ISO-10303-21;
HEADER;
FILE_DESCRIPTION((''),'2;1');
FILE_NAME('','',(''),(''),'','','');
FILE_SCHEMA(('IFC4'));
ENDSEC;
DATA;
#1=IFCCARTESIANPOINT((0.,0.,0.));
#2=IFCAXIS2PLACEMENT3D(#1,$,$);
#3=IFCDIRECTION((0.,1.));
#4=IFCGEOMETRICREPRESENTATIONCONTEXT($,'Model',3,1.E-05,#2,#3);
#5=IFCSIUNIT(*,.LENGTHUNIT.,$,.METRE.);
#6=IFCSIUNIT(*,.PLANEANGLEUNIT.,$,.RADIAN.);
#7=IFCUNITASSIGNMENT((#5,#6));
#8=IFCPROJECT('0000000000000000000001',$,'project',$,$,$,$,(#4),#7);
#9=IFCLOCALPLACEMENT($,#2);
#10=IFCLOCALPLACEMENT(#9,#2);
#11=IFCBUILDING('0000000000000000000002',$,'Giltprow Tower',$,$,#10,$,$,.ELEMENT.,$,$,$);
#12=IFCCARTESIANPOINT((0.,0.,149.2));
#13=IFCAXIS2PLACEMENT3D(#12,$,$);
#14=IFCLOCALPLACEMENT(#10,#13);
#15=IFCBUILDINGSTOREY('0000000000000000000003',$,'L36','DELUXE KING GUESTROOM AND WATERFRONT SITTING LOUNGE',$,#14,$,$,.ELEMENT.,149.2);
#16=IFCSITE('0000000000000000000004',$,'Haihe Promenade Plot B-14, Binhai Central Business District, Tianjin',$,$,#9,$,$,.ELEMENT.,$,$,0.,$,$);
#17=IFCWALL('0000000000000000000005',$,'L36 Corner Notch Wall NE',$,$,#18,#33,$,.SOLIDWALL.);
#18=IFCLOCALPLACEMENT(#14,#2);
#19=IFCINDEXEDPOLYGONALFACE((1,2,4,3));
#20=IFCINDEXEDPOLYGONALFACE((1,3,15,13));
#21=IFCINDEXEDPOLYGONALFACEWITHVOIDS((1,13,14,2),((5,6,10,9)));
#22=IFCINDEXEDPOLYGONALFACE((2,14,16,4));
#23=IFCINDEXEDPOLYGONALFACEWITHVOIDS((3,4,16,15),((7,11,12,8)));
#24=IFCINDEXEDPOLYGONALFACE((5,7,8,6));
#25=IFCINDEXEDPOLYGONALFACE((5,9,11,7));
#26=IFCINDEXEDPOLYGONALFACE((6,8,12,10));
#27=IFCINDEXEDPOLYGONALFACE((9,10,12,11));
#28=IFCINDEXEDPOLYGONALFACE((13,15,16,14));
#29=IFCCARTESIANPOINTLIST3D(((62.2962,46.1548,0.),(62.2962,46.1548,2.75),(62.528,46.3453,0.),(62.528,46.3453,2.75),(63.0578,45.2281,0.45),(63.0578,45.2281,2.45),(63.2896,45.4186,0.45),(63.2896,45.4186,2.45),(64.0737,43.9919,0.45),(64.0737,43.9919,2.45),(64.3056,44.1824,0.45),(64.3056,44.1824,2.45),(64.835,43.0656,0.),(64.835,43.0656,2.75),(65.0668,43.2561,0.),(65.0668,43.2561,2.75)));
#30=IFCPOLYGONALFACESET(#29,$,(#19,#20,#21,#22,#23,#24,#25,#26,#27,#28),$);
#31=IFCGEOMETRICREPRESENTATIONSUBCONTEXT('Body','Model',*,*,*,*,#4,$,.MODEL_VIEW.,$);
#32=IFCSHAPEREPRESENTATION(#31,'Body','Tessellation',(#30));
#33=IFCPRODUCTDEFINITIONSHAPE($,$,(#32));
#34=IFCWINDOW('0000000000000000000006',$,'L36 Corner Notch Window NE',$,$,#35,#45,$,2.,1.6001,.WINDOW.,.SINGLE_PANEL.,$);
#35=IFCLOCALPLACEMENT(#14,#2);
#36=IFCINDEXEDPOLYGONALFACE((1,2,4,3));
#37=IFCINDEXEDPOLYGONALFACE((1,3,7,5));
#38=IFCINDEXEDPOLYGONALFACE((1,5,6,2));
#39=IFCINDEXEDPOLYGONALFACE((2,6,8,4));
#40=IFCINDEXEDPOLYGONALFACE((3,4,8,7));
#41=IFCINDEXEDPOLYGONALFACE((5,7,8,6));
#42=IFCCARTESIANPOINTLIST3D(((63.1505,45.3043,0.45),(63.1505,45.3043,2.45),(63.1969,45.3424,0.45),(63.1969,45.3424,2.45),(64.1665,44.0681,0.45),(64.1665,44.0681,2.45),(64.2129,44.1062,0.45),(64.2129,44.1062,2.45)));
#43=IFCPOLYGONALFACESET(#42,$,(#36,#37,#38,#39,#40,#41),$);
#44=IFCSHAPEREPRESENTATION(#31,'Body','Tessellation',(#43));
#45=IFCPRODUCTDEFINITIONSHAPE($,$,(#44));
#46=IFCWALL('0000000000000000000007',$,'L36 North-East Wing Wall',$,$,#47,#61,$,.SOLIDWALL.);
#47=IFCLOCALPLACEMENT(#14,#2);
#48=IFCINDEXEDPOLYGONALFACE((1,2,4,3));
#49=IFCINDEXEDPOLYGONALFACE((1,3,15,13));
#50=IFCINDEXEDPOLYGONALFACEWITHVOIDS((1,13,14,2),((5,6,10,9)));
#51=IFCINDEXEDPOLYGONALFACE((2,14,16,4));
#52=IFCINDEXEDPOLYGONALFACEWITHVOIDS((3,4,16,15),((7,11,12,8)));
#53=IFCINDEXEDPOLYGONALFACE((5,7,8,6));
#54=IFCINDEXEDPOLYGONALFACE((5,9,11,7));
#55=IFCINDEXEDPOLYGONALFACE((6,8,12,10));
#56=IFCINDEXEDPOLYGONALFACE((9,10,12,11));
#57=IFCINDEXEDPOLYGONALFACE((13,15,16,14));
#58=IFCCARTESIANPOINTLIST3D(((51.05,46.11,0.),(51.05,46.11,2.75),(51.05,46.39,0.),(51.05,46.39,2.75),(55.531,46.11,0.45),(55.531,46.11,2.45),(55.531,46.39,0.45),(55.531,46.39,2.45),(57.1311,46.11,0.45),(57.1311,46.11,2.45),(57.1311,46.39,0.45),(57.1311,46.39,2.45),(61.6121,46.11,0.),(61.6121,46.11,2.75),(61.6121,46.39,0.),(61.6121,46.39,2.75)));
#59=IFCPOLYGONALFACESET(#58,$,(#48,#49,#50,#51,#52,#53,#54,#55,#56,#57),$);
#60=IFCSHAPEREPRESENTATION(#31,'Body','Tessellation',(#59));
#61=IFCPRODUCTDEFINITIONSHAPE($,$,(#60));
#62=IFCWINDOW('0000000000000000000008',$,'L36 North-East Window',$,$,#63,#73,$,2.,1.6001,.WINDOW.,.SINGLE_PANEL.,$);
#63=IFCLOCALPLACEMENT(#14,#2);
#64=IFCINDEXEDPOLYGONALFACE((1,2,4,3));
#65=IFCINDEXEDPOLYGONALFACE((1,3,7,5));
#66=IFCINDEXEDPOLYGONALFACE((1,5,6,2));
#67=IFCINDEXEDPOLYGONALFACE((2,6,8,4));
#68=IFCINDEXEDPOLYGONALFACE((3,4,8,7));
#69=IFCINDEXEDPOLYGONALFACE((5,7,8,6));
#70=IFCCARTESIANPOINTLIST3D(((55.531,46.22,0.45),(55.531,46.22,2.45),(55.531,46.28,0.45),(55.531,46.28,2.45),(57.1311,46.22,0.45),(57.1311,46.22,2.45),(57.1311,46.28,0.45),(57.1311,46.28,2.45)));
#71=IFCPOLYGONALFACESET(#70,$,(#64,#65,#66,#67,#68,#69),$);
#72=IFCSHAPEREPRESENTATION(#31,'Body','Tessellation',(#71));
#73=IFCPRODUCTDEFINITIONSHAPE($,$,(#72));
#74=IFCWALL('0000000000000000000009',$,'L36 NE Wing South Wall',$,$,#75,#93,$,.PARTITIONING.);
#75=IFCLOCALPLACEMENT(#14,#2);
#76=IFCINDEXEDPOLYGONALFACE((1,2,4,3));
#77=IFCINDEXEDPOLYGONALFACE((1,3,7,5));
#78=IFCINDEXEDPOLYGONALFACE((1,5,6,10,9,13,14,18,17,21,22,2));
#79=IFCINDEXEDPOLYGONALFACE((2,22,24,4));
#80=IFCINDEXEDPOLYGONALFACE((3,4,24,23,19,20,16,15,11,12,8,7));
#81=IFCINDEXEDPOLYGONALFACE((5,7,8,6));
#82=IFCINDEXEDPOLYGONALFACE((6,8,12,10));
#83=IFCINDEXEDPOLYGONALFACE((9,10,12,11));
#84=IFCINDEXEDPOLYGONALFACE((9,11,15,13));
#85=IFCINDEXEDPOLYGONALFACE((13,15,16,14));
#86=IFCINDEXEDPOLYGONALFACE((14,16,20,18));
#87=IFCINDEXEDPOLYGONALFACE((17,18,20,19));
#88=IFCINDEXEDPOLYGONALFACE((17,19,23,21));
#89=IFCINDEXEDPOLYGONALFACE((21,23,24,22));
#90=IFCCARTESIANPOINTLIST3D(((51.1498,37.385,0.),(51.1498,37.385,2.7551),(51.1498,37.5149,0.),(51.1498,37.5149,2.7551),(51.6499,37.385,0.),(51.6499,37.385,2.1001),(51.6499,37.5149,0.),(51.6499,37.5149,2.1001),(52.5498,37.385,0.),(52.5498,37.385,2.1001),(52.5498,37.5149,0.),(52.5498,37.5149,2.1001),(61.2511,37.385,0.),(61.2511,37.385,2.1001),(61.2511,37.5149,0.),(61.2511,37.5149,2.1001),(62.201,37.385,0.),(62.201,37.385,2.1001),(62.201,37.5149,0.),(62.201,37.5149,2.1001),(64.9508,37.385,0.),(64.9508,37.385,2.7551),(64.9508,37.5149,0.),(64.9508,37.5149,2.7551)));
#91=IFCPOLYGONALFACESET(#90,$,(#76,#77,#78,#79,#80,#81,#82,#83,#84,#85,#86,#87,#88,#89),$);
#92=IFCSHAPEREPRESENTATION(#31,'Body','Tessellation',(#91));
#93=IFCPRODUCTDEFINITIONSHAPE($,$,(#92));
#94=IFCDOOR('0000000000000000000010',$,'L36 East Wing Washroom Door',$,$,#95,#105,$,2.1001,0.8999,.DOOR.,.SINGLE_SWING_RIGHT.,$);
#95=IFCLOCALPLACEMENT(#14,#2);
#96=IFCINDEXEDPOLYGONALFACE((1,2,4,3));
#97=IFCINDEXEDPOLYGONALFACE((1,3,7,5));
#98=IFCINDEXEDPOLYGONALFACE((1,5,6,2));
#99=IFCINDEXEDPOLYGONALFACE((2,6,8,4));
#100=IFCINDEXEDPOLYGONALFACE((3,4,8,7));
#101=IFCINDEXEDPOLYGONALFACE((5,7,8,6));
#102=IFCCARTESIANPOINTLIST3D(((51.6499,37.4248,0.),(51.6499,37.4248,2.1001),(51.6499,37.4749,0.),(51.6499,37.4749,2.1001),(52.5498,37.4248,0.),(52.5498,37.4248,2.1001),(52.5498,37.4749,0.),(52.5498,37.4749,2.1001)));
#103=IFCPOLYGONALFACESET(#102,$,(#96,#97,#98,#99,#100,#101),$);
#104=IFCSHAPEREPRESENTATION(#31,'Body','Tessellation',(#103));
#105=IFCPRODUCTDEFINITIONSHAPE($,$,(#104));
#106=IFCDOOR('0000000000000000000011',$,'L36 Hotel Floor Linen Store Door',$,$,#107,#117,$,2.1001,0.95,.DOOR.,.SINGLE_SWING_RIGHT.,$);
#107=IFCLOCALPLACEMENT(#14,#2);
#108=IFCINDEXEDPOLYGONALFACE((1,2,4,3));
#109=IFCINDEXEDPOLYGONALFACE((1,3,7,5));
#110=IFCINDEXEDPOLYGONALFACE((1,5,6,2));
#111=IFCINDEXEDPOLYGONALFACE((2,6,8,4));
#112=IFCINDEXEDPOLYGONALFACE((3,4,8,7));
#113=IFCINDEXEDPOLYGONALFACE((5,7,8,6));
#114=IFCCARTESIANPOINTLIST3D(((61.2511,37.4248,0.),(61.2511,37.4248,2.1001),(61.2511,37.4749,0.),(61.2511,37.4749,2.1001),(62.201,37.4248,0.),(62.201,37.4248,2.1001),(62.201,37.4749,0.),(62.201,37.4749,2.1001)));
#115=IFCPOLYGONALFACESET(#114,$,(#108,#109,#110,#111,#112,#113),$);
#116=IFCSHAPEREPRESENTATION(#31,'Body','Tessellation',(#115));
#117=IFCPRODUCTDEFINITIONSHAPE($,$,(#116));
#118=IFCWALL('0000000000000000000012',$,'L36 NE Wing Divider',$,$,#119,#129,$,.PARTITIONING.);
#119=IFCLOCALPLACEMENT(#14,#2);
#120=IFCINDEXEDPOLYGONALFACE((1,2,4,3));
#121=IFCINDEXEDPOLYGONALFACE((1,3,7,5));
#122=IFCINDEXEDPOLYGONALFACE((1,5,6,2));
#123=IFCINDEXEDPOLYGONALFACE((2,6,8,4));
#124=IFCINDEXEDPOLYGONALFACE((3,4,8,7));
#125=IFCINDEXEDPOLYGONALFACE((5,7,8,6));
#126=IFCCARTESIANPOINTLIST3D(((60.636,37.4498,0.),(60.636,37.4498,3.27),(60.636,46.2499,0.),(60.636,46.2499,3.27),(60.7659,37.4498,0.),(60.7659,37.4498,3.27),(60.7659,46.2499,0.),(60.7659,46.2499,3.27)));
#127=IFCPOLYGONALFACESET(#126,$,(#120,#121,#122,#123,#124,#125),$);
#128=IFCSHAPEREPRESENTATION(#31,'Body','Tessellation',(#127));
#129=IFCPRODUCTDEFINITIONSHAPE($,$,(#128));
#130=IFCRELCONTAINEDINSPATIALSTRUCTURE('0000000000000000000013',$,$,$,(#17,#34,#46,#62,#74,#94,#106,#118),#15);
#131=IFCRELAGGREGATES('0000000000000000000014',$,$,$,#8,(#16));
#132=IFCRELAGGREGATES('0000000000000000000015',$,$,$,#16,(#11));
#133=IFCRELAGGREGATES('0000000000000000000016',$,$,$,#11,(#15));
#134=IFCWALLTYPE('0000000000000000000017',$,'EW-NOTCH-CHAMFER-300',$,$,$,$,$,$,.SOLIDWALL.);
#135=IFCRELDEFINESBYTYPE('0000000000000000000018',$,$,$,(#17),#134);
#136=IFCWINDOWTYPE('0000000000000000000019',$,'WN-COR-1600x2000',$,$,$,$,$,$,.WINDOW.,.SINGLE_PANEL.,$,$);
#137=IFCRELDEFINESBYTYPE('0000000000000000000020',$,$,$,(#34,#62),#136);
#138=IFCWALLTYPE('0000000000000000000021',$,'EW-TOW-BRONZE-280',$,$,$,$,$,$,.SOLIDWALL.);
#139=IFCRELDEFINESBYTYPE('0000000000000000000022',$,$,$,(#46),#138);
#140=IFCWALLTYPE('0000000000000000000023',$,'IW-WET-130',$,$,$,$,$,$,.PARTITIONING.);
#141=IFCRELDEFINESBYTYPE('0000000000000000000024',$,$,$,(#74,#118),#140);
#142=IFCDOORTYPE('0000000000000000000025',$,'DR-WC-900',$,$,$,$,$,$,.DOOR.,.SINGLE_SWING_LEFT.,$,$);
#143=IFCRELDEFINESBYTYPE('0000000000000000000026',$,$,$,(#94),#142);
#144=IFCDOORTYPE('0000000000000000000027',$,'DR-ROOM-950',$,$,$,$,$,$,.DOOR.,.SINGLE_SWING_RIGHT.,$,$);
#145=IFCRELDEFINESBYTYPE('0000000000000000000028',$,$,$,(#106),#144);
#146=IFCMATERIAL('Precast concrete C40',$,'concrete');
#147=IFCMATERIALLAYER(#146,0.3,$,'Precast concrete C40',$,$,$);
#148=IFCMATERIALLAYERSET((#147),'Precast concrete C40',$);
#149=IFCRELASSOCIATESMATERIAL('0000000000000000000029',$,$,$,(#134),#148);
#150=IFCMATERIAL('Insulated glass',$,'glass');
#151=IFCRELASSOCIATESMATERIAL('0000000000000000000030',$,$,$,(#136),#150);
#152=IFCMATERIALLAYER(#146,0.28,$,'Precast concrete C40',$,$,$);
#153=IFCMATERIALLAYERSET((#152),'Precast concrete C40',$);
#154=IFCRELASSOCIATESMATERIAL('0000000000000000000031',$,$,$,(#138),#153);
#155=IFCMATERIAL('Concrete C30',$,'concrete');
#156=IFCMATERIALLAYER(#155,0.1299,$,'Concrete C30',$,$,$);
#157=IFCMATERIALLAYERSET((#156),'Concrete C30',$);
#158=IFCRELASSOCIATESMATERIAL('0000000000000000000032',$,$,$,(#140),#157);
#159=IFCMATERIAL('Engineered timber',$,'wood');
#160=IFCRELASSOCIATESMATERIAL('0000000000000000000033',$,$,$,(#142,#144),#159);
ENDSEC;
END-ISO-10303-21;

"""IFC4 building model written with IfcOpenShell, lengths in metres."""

from ifc_helpers import new_model, si_unit, direction, frame, frame_2d, origin, place, context, subcontext, project, spatial, rectangle, extrude, source, transform, mapped, material, layer, layer_set, type_object, element, fill, save


model = new_model("IFC4")

# Units and contexts
model_context = context("Model", 3, precision=1e-05, world=origin(), true_north=direction((0.0, 1.0)))
body_context = subcontext(model_context, "Body", "Model", "MODEL_VIEW")
ifc_project = project(units=[si_unit("LENGTHUNIT", "METRE"), si_unit("PLANEANGLEUNIT", "RADIAN")], contexts=[model_context])

# Site, building, storey
site_placement = place(None, origin())
site = spatial("IfcSite", under=ifc_project, at=site_placement, Name="Haihe Promenade Plot B-14, Binhai Central Business District, Tianjin", CompositionType="ELEMENT", RefElevation=0.0)
building_placement = place(site_placement, origin())
building = spatial("IfcBuilding", under=site, at=building_placement, Name="Giltprow Tower", CompositionType="ELEMENT")
storey_placement = place(building_placement, frame((0.0, 0.0, 149.2)))
storey = spatial("IfcBuildingStorey", under=building, at=storey_placement, Name="L36", Description="DELUXE KING GUESTROOM AND WATERFRONT SITTING LOUNGE", CompositionType="ELEMENT", Elevation=149.2)

# Walls, openings, windows
ifc_material_1 = material(Name="Precast concrete C40", Category="concrete")
ifc_layer_1 = layer(ifc_material_1, 0.3, Name="Precast concrete C40")
ifc_layer_set_1 = layer_set([ifc_layer_1], Name="Precast concrete C40")
wall_type_1 = type_object("IfcWallType", Name="EW-NOTCH-CHAMFER-300", PredefinedType="SOLIDWALL", material=ifc_layer_set_1)
wall_1_placement = place(storey_placement, frame((64.9509, 43.1609, 0.0), z_axis=(0.0, 0.0, 1.0), x_axis=(-0.634939, 0.772563, 0.0)))
wall_1 = element("IfcWall", 1, at=wall_1_placement, inside=storey, type_object=wall_type_1, Name="L36 Corner Notch Wall NE", PredefinedType="SOLIDWALL", context=body_context, shape_type="SweptSolid", body=[
    extrude(rectangle(XDim=3.9985, YDim=0.3, at=frame_2d((1.9993, 0.0))), origin(), (0.0, 0.0, 1.0), 2.75),
])
opening_1_placement = place(wall_1_placement, frame((1.199, 0.0, 0.45)))
opening_1 = element("IfcOpeningElement", 2, at=opening_1_placement, cuts=wall_1, PredefinedType="OPENING", context=body_context, shape_type="SweptSolid", body=[
    extrude(rectangle(XDim=1.6001, YDim=2.0, at=frame_2d((0.8, 1.0))), frame((0.0, 0.1599, 0.0), z_axis=(0.0, -1.0, 0.0), x_axis=(1.0, 0.0, 0.0)), (0.0, 0.0, 1.0), 0.3201),
])
ifc_material_2 = material(Name="Insulated glass", Category="glass")
window_type = type_object("IfcWindowType", Name="WN-COR-1600x2000", PartitioningType="SINGLE_PANEL", PredefinedType="WINDOW", material=ifc_material_2)
shared_shape_1 = source(origin(), body_context, "Body", "SweptSolid", [
    extrude(rectangle(XDim=1.6001, YDim=2.0, at=frame_2d((0.8, 1.0))), frame((0.0, 0.03, 0.0), z_axis=(0.0, -1.0, 0.0), x_axis=(1.0, 0.0, 0.0)), (0.0, 0.0, 1.0), 0.0601),
])
window_1_placement = place(opening_1_placement, origin())
window_1 = element("IfcWindow", 3, at=window_1_placement, inside=storey, type_object=window_type, Name="L36 Corner Notch Window NE", OverallHeight=2.0, OverallWidth=1.6001, PartitioningType="SINGLE_PANEL", PredefinedType="WINDOW", context=body_context, shape_type="MappedRepresentation", body=[
    mapped(shared_shape_1, transform((0.0, 0.0, 0.0), x_axis=(1.0, 0.0, 0.0), y_axis=(0.0, 1.0, 0.0), z_axis=(0.0, 0.0, 1.0), scale=1.0)),
])
fill(opening_1, window_1)
ifc_layer_2 = layer(ifc_material_1, 0.28, Name="Precast concrete C40")
ifc_layer_set_2 = layer_set([ifc_layer_2], Name="Precast concrete C40")
wall_type_2 = type_object("IfcWallType", Name="EW-TOW-BRONZE-280", PredefinedType="SOLIDWALL", material=ifc_layer_set_2)
wall_2_placement = place(storey_placement, frame((51.05, 46.25, 0.0), z_axis=(0.0, 0.0, 1.0), x_axis=(1.0, 0.0, 0.0)))
wall_2 = element("IfcWall", 4, at=wall_2_placement, inside=storey, type_object=wall_type_2, Name="L36 North-East Wing Wall", PredefinedType="SOLIDWALL", context=body_context, shape_type="SweptSolid", body=[
    extrude(rectangle(XDim=10.562, YDim=0.28, at=frame_2d((5.281, 0.0))), origin(), (0.0, 0.0, 1.0), 2.75),
])
opening_2_placement = place(wall_2_placement, frame((4.481, 0.0, 0.45)))
opening_2 = element("IfcOpeningElement", 5, at=opening_2_placement, cuts=wall_2, PredefinedType="OPENING", context=body_context, shape_type="SweptSolid", body=[
    extrude(rectangle(XDim=1.6001, YDim=2.0, at=frame_2d((0.8, 1.0))), frame((0.0, 0.1499, 0.0), z_axis=(0.0, -1.0, 0.0), x_axis=(1.0, 0.0, 0.0)), (0.0, 0.0, 1.0), 0.3),
])
window_2_placement = place(opening_2_placement, origin())
window_2 = element("IfcWindow", 6, at=window_2_placement, inside=storey, type_object=window_type, Name="L36 North-East Window", OverallHeight=2.0, OverallWidth=1.6001, PartitioningType="SINGLE_PANEL", PredefinedType="WINDOW", context=body_context, shape_type="MappedRepresentation", body=[
    mapped(shared_shape_1, transform((0.0, 0.0, 0.0), x_axis=(1.0, 0.0, 0.0), y_axis=(0.0, 1.0, 0.0), z_axis=(0.0, 0.0, 1.0), scale=1.0)),
])
fill(opening_2, window_2)

# Wall, openings, doors
ifc_material_3 = material(Name="Concrete C30", Category="concrete")
ifc_layer_3 = layer(ifc_material_3, 0.1299, Name="Concrete C30")
ifc_layer_set_3 = layer_set([ifc_layer_3], Name="Concrete C30")
wall_type_3 = type_object("IfcWallType", Name="IW-WET-130", PredefinedType="PARTITIONING", material=ifc_layer_set_3)
wall_3_placement = place(storey_placement, frame((51.1499, 37.45, 0.0), z_axis=(0.0, 0.0, 1.0), x_axis=(1.0, 0.0, 0.0)))
wall_3 = element("IfcWall", 7, at=wall_3_placement, inside=storey, type_object=wall_type_3, Name="L36 NE Wing South Wall", PredefinedType="PARTITIONING", context=body_context, shape_type="SweptSolid", body=[
    extrude(rectangle(XDim=13.801, YDim=0.1299, at=frame_2d((6.9004, 0.0))), origin(), (0.0, 0.0, 1.0), 2.7551),
])
opening_3_placement = place(wall_3_placement, frame((0.5, 0.0, 0.0)))
opening_3 = element("IfcOpeningElement", 8, at=opening_3_placement, cuts=wall_3, PredefinedType="OPENING", context=body_context, shape_type="SweptSolid", body=[
    extrude(rectangle(XDim=0.8999, YDim=2.1001, at=frame_2d((0.45, 1.05))), frame((0.0, 0.075, 0.0), z_axis=(0.0, -1.0, 0.0), x_axis=(1.0, 0.0, 0.0)), (0.0, 0.0, 1.0), 0.1499),
])
opening_4_placement = place(wall_3_placement, frame((10.1011, 0.0, 0.0)))
opening_4 = element("IfcOpeningElement", 9, at=opening_4_placement, cuts=wall_3, PredefinedType="OPENING", context=body_context, shape_type="SweptSolid", body=[
    extrude(rectangle(XDim=0.95, YDim=2.1001, at=frame_2d((0.4751, 1.05))), frame((0.0, 0.075, 0.0), z_axis=(0.0, -1.0, 0.0), x_axis=(1.0, 0.0, 0.0)), (0.0, 0.0, 1.0), 0.1499),
])
ifc_material_4 = material(Name="Engineered timber", Category="wood")
door_type_1 = type_object("IfcDoorType", Name="DR-WC-900", OperationType="SINGLE_SWING_LEFT", PredefinedType="DOOR", material=ifc_material_4)
shared_shape_2 = source(origin(), body_context, "Body", "SweptSolid", [
    extrude(rectangle(XDim=0.8999, YDim=2.1001, at=frame_2d((0.45, 1.05))), frame((0.0, 0.0249, 0.0), z_axis=(0.0, -1.0, 0.0), x_axis=(1.0, 0.0, 0.0)), (0.0, 0.0, 1.0), 0.05),
])
door_1_placement = place(opening_3_placement, origin())
door_1 = element("IfcDoor", 10, at=door_1_placement, inside=storey, type_object=door_type_1, Name="L36 East Wing Washroom Door", OperationType="SINGLE_SWING_RIGHT", OverallHeight=2.1001, OverallWidth=0.8999, PredefinedType="DOOR", context=body_context, shape_type="MappedRepresentation", body=[
    mapped(shared_shape_2, transform((0.0, 0.0, 0.0), x_axis=(1.0, 0.0, 0.0), y_axis=(0.0, 1.0, 0.0), z_axis=(0.0, 0.0, 1.0), scale=1.0)),
])
fill(opening_3, door_1)
door_type_2 = type_object("IfcDoorType", Name="DR-ROOM-950", OperationType="SINGLE_SWING_RIGHT", PredefinedType="DOOR", material=ifc_material_4)
shared_shape_3 = source(origin(), body_context, "Body", "SweptSolid", [
    extrude(rectangle(XDim=0.95, YDim=2.1001, at=frame_2d((0.4751, 1.05))), frame((0.0, 0.0249, 0.0), z_axis=(0.0, -1.0, 0.0), x_axis=(1.0, 0.0, 0.0)), (0.0, 0.0, 1.0), 0.05),
])
door_2_placement = place(opening_4_placement, origin())
door_2 = element("IfcDoor", 11, at=door_2_placement, inside=storey, type_object=door_type_2, Name="L36 Hotel Floor Linen Store Door", OperationType="SINGLE_SWING_RIGHT", OverallHeight=2.1001, OverallWidth=0.95, PredefinedType="DOOR", context=body_context, shape_type="MappedRepresentation", body=[
    mapped(shared_shape_3, transform((0.0, 0.0, 0.0), x_axis=(1.0, 0.0, 0.0), y_axis=(0.0, 1.0, 0.0), z_axis=(0.0, 0.0, 1.0), scale=1.0)),
])
fill(opening_4, door_2)

# Wall
wall_4_placement = place(storey_placement, frame((60.7009, 37.45, 0.0), z_axis=(0.0, 0.0, 1.0), x_axis=(0.0, 1.0, 0.0)))
element("IfcWall", 12, at=wall_4_placement, inside=storey, type_object=wall_type_3, Name="L36 NE Wing Divider", PredefinedType="PARTITIONING", context=body_context, shape_type="SweptSolid", body=[
    extrude(rectangle(XDim=8.8, YDim=0.1299, at=frame_2d((4.3999, 0.0))), origin(), (0.0, 0.0, 1.0), 3.27),
])

save(model, "model.ifc")
